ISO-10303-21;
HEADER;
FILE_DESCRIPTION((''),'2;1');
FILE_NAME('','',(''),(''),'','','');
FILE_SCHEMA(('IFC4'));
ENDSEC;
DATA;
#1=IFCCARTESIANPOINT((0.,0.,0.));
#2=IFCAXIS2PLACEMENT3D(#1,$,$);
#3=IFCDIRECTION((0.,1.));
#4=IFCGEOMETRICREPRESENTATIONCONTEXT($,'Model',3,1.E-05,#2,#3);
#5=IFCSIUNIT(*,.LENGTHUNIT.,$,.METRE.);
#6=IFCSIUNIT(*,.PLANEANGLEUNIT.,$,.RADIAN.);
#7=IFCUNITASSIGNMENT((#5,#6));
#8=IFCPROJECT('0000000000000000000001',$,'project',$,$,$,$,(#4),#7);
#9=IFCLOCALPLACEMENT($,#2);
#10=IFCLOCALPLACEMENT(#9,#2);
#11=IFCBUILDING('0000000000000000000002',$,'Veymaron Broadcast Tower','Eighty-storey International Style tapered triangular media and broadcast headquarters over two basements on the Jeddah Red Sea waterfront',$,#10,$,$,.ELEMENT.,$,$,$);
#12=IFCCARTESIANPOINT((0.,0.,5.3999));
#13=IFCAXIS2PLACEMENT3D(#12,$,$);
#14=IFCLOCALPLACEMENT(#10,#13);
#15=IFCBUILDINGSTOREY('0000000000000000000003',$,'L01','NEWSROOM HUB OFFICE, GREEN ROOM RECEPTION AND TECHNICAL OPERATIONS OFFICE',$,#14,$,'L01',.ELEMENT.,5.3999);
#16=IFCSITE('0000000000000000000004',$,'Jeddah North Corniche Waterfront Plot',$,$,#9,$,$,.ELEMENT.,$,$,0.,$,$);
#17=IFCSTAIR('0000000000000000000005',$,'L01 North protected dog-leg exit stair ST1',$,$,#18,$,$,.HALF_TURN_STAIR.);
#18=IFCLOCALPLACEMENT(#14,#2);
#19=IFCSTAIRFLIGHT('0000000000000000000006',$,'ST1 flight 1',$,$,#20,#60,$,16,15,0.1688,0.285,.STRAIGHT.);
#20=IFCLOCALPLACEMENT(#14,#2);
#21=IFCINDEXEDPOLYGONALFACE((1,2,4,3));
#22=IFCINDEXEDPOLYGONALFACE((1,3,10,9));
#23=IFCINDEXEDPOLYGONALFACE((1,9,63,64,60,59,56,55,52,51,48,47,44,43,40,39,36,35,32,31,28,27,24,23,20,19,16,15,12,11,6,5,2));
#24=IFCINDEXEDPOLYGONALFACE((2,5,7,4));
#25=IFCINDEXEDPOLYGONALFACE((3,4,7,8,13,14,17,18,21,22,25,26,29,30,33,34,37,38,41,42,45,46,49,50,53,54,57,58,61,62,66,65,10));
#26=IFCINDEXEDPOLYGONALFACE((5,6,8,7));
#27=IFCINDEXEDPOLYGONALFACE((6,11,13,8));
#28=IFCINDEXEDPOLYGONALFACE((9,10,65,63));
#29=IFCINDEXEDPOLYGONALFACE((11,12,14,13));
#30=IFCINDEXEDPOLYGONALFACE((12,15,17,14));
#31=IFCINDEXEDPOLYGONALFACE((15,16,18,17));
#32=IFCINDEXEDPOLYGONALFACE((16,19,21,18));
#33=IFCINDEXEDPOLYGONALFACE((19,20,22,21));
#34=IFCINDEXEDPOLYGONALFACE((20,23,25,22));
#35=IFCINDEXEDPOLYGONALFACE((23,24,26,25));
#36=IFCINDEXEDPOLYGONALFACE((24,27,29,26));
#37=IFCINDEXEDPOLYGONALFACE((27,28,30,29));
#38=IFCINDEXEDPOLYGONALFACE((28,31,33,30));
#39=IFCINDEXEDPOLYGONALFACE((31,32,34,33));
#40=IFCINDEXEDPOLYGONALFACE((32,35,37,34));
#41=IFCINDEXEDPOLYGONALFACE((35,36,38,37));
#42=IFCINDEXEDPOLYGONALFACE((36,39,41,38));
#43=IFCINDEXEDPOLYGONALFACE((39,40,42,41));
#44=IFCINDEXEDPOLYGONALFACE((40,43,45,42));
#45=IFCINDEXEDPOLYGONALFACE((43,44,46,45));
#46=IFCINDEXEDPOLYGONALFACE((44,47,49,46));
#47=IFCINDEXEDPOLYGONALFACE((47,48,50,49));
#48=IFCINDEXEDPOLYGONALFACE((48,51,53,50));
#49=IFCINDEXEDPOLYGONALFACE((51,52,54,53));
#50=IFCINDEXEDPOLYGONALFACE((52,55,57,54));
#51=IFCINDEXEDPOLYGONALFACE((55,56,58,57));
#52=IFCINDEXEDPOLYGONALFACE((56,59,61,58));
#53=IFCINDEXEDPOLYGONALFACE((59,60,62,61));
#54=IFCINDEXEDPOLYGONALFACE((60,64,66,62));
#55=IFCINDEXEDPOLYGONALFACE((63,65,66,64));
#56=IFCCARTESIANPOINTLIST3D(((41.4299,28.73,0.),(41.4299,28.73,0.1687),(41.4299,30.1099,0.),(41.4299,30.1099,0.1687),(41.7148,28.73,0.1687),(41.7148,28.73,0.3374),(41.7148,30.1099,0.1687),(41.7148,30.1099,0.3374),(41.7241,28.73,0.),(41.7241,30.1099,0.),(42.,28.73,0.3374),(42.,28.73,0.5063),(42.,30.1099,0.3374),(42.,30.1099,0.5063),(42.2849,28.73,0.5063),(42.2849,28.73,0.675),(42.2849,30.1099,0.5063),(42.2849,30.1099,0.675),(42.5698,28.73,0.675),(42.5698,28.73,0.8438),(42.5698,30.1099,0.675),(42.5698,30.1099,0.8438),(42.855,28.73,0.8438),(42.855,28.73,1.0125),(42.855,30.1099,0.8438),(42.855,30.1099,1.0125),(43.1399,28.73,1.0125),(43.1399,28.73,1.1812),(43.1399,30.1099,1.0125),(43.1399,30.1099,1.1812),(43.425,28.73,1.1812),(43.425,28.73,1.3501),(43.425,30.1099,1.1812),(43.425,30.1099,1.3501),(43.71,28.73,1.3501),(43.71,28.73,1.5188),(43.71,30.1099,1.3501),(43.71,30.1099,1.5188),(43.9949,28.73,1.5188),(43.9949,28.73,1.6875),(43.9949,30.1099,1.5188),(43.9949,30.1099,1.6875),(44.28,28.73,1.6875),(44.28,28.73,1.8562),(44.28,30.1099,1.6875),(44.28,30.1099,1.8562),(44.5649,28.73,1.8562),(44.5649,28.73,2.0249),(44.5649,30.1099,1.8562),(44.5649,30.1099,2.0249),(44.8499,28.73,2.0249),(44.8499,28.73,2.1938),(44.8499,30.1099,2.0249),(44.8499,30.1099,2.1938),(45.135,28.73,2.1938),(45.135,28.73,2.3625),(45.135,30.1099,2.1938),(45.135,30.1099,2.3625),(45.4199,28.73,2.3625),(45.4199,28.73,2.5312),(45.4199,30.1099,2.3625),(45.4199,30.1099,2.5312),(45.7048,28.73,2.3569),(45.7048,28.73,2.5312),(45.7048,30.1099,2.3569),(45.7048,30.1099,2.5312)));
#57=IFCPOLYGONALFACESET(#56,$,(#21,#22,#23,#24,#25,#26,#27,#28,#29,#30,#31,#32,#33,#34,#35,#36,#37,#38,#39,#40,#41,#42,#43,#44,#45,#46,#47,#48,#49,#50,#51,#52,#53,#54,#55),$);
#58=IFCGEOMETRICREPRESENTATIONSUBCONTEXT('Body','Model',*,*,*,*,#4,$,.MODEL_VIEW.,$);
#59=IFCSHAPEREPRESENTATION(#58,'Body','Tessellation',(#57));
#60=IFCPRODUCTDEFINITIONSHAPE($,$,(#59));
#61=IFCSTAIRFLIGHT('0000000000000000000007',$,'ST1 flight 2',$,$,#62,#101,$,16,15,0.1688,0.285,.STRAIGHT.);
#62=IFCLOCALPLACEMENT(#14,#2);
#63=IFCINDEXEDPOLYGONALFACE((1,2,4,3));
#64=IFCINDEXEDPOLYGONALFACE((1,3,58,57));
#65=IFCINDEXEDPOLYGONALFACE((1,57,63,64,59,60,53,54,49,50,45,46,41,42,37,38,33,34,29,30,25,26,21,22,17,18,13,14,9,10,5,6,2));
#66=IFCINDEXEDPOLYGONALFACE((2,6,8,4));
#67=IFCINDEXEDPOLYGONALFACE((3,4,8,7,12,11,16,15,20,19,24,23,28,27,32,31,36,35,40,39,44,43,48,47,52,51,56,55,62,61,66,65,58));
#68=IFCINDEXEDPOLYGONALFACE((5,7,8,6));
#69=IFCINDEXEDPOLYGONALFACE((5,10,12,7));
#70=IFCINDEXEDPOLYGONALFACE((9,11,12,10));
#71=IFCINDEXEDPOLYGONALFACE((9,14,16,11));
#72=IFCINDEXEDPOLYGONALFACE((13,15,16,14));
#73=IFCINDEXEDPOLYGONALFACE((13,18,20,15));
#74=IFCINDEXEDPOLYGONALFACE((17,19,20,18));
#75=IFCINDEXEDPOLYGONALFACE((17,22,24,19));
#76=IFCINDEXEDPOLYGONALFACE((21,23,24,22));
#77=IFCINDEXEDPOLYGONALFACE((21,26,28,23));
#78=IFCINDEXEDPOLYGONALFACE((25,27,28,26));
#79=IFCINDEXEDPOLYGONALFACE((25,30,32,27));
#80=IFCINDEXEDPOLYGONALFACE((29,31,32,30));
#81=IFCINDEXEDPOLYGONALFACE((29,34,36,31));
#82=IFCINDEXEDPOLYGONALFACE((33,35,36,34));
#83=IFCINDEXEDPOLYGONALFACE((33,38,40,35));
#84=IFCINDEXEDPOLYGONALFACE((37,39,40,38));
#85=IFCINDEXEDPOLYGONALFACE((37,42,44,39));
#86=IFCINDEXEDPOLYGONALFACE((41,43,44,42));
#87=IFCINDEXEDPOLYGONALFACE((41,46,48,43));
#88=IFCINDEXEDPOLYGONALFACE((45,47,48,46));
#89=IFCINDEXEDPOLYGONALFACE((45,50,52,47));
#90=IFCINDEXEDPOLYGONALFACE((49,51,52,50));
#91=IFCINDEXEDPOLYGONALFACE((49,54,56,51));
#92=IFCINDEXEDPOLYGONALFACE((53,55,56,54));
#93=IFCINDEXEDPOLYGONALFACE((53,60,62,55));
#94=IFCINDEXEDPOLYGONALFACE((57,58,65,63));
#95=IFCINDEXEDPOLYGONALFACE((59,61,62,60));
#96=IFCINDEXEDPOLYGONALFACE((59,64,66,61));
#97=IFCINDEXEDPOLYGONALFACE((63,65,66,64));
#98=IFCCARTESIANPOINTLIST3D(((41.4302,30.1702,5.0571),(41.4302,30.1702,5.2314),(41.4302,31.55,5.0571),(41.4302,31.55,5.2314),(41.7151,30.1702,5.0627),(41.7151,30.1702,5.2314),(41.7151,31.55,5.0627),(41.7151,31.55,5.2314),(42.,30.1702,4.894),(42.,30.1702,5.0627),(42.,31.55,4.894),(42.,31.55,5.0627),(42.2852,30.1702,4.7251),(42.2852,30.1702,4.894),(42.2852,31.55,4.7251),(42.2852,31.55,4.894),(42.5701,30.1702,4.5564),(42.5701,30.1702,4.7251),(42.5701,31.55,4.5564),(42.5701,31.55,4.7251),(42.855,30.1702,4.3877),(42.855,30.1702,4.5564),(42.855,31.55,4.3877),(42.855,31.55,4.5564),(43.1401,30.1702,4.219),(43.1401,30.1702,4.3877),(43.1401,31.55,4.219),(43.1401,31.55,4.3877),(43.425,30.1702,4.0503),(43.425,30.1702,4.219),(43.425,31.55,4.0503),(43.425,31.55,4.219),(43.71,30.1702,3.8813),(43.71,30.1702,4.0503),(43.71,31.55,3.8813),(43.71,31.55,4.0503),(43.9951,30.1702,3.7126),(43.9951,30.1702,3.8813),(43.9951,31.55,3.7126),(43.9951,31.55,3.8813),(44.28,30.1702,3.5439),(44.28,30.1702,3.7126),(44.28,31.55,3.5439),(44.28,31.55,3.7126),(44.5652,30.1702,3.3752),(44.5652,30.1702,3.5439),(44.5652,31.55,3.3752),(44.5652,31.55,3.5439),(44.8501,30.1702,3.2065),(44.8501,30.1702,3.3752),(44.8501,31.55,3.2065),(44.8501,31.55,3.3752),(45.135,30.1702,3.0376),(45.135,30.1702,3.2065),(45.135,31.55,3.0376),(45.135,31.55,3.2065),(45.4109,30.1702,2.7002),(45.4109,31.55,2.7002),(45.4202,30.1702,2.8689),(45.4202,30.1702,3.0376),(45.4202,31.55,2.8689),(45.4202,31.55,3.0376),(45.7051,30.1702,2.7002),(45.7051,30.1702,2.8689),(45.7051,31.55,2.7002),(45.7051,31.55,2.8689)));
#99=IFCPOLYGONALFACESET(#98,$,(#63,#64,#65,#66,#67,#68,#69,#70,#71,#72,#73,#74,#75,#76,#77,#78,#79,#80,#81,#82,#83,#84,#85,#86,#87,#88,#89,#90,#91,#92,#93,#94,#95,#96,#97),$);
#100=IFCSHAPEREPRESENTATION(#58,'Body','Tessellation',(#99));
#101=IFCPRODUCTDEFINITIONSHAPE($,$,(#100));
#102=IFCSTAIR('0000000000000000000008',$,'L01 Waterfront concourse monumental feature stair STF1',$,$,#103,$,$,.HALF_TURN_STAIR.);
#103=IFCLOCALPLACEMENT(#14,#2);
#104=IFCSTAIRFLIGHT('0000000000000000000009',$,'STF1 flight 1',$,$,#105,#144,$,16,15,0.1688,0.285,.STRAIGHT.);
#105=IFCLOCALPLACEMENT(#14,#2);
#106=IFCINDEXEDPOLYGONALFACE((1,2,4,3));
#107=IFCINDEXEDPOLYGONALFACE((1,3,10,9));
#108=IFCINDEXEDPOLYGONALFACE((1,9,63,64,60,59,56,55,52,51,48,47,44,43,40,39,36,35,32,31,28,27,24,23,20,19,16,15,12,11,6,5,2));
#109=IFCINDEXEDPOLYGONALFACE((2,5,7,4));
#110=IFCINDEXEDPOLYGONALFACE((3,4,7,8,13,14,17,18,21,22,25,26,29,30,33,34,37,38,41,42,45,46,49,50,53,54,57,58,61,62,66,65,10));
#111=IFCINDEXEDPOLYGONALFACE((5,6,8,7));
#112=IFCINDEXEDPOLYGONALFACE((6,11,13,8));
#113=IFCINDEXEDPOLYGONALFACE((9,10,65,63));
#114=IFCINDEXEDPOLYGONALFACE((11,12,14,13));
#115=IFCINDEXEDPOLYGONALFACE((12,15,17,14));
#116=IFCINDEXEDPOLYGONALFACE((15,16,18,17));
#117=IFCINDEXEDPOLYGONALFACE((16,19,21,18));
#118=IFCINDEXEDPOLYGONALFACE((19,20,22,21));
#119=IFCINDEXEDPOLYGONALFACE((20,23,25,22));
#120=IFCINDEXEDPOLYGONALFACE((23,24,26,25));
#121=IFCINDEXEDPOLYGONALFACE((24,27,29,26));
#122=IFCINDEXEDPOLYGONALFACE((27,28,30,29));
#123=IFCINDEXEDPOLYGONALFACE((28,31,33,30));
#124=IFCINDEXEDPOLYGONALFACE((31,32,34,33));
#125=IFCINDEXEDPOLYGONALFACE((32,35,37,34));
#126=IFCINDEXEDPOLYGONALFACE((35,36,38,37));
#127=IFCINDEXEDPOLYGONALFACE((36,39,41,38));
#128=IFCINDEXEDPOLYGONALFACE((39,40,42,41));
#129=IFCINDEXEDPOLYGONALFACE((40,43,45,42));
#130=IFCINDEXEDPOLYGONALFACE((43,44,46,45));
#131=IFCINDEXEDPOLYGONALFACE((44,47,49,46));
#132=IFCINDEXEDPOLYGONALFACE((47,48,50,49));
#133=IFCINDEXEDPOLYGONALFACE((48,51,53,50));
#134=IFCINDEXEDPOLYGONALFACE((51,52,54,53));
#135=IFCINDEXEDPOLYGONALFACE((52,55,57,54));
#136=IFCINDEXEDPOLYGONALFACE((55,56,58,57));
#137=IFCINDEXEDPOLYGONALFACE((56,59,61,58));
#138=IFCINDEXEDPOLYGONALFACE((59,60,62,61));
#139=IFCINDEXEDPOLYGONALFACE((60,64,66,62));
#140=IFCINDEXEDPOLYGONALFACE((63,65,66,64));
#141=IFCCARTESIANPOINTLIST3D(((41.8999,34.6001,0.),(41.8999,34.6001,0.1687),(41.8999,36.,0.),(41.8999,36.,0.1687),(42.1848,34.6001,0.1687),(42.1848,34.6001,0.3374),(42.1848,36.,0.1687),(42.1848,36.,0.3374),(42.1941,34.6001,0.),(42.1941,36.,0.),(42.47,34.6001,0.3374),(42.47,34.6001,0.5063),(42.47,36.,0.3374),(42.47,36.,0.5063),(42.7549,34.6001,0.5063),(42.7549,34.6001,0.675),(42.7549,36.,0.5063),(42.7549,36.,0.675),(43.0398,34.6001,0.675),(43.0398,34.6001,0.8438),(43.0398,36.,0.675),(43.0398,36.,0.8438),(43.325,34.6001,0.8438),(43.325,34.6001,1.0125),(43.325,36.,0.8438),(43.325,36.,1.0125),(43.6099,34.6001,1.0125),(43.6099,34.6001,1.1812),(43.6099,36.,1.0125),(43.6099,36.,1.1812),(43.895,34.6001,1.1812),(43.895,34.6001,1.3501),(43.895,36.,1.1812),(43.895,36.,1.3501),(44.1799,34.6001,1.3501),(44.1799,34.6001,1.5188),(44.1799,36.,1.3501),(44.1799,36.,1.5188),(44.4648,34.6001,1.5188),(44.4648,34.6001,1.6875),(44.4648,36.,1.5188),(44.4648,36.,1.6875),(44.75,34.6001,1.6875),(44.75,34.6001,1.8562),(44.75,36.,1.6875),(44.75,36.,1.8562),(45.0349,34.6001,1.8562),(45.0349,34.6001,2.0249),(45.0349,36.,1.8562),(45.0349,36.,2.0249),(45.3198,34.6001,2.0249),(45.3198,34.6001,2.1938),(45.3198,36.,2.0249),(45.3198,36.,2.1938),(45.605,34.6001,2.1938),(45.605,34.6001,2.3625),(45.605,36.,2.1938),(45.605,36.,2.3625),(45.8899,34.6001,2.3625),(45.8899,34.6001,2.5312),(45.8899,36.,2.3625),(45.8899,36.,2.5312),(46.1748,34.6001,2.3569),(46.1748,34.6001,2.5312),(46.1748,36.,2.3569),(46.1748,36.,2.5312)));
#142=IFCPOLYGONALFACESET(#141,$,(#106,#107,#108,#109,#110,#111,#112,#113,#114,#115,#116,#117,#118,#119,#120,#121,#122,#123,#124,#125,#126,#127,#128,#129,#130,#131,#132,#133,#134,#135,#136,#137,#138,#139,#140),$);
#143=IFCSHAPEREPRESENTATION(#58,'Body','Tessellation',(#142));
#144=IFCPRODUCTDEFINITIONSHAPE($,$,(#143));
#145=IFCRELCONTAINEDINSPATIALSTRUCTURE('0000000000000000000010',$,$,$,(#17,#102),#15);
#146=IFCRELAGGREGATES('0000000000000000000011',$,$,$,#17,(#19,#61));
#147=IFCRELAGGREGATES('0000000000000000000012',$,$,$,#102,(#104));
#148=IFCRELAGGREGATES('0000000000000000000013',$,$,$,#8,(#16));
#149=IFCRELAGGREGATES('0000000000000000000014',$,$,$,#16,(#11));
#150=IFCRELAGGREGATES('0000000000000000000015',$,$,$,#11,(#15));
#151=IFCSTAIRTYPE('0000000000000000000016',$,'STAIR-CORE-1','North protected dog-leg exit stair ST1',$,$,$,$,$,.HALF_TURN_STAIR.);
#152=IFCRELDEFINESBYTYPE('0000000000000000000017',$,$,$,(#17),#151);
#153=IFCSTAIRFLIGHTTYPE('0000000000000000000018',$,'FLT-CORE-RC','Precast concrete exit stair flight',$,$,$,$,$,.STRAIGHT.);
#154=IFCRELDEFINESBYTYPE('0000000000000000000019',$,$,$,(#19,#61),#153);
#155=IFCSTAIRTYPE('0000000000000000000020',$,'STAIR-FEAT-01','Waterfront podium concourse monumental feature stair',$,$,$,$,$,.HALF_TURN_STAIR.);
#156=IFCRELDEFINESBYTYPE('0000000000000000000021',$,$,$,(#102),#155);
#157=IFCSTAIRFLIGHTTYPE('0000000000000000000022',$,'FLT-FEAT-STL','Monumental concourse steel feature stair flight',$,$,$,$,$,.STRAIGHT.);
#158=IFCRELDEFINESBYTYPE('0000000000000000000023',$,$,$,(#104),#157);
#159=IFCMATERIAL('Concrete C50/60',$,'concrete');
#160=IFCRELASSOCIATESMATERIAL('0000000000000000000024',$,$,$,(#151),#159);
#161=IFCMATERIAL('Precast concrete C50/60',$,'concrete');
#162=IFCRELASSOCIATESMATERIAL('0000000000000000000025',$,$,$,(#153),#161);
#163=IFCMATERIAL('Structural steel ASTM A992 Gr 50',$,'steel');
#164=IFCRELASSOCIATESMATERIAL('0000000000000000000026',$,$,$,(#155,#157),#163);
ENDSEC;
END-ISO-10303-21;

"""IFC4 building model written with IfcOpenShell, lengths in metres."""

from ifc_helpers import new_model, si_unit, direction, frame, origin, place, context, subcontext, project, spatial, polyline, outline, extrude, material, type_object, element, aggregate, save


model = new_model("IFC4")

# Units and contexts
model_context = context("Model", 3, precision=1e-05, world=origin(), true_north=direction((0.0, 1.0)))
body_context = subcontext(model_context, "Body", "Model", "MODEL_VIEW")
ifc_project = project(units=[si_unit("LENGTHUNIT", "METRE"), si_unit("PLANEANGLEUNIT", "RADIAN")], contexts=[model_context])

# Site, building, storey
site_placement = place(None, origin())
site = spatial("IfcSite", under=ifc_project, at=site_placement, Name="Jeddah North Corniche Waterfront Plot", CompositionType="ELEMENT", RefElevation=0.0)
building_placement = place(site_placement, origin())
building = spatial("IfcBuilding", under=site, at=building_placement, Name="Veymaron Broadcast Tower", Description="Eighty-storey International Style tapered triangular media and broadcast headquarters over two basements on the Jeddah Red Sea waterfront", CompositionType="ELEMENT")
storey_placement = place(building_placement, frame((0.0, 0.0, 5.3999)))
storey = spatial("IfcBuildingStorey", under=building, at=storey_placement, Name="L01", Description="NEWSROOM HUB OFFICE, GREEN ROOM RECEPTION AND TECHNICAL OPERATIONS OFFICE", LongName="L01", CompositionType="ELEMENT", Elevation=5.3999)

# Shared definitions
ifc_material_1 = material(Name="Structural steel ASTM A992 Gr 50", Category="steel")

# Shared definitions
ifc_material_2 = material(Name="Concrete C50/60", Category="concrete")

# Stair, stair flights
stair_type_1 = type_object("IfcStairType", Name="STAIR-CORE-1", Description="North protected dog-leg exit stair ST1", PredefinedType="HALF_TURN_STAIR", material=ifc_material_2)
stair_1_placement = place(storey_placement, origin())
stair_1 = element("IfcStair", 1, at=stair_1_placement, inside=storey, type_object=stair_type_1, Name="L01 North protected dog-leg exit stair ST1", PredefinedType="HALF_TURN_STAIR")
ifc_material_3 = material(Name="Precast concrete C50/60", Category="concrete")
stair_flight_type_1 = type_object("IfcStairFlightType", Name="FLT-CORE-RC", Description="Precast concrete exit stair flight", PredefinedType="STRAIGHT", material=ifc_material_3)
stair_flight_1_placement = place(storey_placement, frame((41.4299, 29.4199, 0.0), z_axis=(0.0, 0.0, 1.0), x_axis=(1.0, 0.0, 0.0)))
stair_flight_1 = element("IfcStairFlight", 2, at=stair_flight_1_placement, type_object=stair_flight_type_1, Name="ST1 flight 1", NumberOfRisers=16, NumberOfTreads=15, PredefinedType="STRAIGHT", RiserHeight=0.1688, TreadLength=0.285, context=body_context, shape_type="SweptSolid", body=[
    extrude(outline(polyline([(0.0, 0.0), (0.0, 0.1687), (0.2849, 0.1687), (0.2849, 0.3374), (0.5701, 0.3374), (0.5701, 0.5063), (0.855, 0.5063), (0.855, 0.675), (1.1399, 0.675), (1.1399, 0.8438), (1.425, 0.8438), (1.425, 1.0125), (1.71, 1.0125), (1.71, 1.1812), (1.9951, 1.1812), (1.9951, 1.3501), (2.28, 1.3501), (2.28, 1.5188), (2.5649, 1.5188), (2.5649, 1.6875), (2.8501, 1.6875), (2.8501, 1.8562), (3.135, 1.8562), (3.135, 2.0249), (3.4199, 2.0249), (3.4199, 2.1938), (3.7051, 2.1938), (3.7051, 2.3625), (3.99, 2.3625), (3.99, 2.5312), (4.2749, 2.5312), (4.2749, 2.7), (4.2749, 2.3569), (0.2942, 0.0), (0.0, 0.0)])), frame((0.0, 0.6899, 0.0), z_axis=(0.0, -1.0, 0.0), x_axis=(1.0, 0.0, 0.0)), (0.0, 0.0, 1.0), 1.3799),
])
stair_flight_2_placement = place(storey_placement, frame((45.7051, 30.8601, 2.7002), z_axis=(0.0, 0.0, 1.0), x_axis=(-1.0, 0.0, 0.0)))
stair_flight_2 = element("IfcStairFlight", 3, at=stair_flight_2_placement, type_object=stair_flight_type_1, Name="ST1 flight 2", NumberOfRisers=16, NumberOfTreads=15, PredefinedType="STRAIGHT", RiserHeight=0.1688, TreadLength=0.285, context=body_context, shape_type="SweptSolid", body=[
    extrude(outline(polyline([(0.0, 0.0), (0.0, 0.1687), (0.2849, 0.1687), (0.2849, 0.3374), (0.5701, 0.3374), (0.5701, 0.5063), (0.855, 0.5063), (0.855, 0.675), (1.1399, 0.675), (1.1399, 0.8438), (1.425, 0.8438), (1.425, 1.0125), (1.71, 1.0125), (1.71, 1.1812), (1.9951, 1.1812), (1.9951, 1.3501), (2.28, 1.3501), (2.28, 1.5188), (2.5649, 1.5188), (2.5649, 1.6875), (2.8501, 1.6875), (2.8501, 1.8562), (3.135, 1.8562), (3.135, 2.0249), (3.4199, 2.0249), (3.4199, 2.1938), (3.7051, 2.1938), (3.7051, 2.3625), (3.99, 2.3625), (3.99, 2.5312), (4.2749, 2.5312), (4.2749, 2.7), (4.2749, 2.3569), (0.2942, 0.0), (0.0, 0.0)])), frame((0.0, 0.6899, 0.0), z_axis=(0.0, -1.0, 0.0), x_axis=(1.0, 0.0, 0.0)), (0.0, 0.0, 1.0), 1.3799),
])
aggregate(stair_1, [stair_flight_1, stair_flight_2])

# Stair, stair flight
stair_type_2 = type_object("IfcStairType", Name="STAIR-FEAT-01", Description="Waterfront podium concourse monumental feature stair", PredefinedType="HALF_TURN_STAIR", material=ifc_material_1)
stair_2_placement = place(storey_placement, origin())
stair_2 = element("IfcStair", 4, at=stair_2_placement, inside=storey, type_object=stair_type_2, Name="L01 Waterfront concourse monumental feature stair STF1", PredefinedType="HALF_TURN_STAIR")
stair_flight_type_2 = type_object("IfcStairFlightType", Name="FLT-FEAT-STL", Description="Monumental concourse steel feature stair flight", PredefinedType="STRAIGHT", material=ifc_material_1)
stair_flight_3_placement = place(storey_placement, frame((41.8999, 35.3, 0.0), z_axis=(0.0, 0.0, 1.0), x_axis=(1.0, 0.0, 0.0)))
stair_flight_3 = element("IfcStairFlight", 5, at=stair_flight_3_placement, type_object=stair_flight_type_2, Name="STF1 flight 1", NumberOfRisers=16, NumberOfTreads=15, PredefinedType="STRAIGHT", RiserHeight=0.1688, TreadLength=0.285, context=body_context, shape_type="SweptSolid", body=[
    extrude(outline(polyline([(0.0, 0.0), (0.0, 0.1687), (0.2849, 0.1687), (0.2849, 0.3374), (0.5701, 0.3374), (0.5701, 0.5063), (0.855, 0.5063), (0.855, 0.675), (1.1399, 0.675), (1.1399, 0.8438), (1.425, 0.8438), (1.425, 1.0125), (1.71, 1.0125), (1.71, 1.1812), (1.9951, 1.1812), (1.9951, 1.3501), (2.28, 1.3501), (2.28, 1.5188), (2.5649, 1.5188), (2.5649, 1.6875), (2.8501, 1.6875), (2.8501, 1.8562), (3.135, 1.8562), (3.135, 2.0249), (3.4199, 2.0249), (3.4199, 2.1938), (3.7051, 2.1938), (3.7051, 2.3625), (3.99, 2.3625), (3.99, 2.5312), (4.2749, 2.5312), (4.2749, 2.7), (4.2749, 2.3569), (0.2942, 0.0), (0.0, 0.0)])), frame((0.0, 0.7, 0.0), z_axis=(0.0, -1.0, 0.0), x_axis=(1.0, 0.0, 0.0)), (0.0, 0.0, 1.0), 1.3999),
])
aggregate(stair_2, [stair_flight_3])

save(model, "model.ifc")
